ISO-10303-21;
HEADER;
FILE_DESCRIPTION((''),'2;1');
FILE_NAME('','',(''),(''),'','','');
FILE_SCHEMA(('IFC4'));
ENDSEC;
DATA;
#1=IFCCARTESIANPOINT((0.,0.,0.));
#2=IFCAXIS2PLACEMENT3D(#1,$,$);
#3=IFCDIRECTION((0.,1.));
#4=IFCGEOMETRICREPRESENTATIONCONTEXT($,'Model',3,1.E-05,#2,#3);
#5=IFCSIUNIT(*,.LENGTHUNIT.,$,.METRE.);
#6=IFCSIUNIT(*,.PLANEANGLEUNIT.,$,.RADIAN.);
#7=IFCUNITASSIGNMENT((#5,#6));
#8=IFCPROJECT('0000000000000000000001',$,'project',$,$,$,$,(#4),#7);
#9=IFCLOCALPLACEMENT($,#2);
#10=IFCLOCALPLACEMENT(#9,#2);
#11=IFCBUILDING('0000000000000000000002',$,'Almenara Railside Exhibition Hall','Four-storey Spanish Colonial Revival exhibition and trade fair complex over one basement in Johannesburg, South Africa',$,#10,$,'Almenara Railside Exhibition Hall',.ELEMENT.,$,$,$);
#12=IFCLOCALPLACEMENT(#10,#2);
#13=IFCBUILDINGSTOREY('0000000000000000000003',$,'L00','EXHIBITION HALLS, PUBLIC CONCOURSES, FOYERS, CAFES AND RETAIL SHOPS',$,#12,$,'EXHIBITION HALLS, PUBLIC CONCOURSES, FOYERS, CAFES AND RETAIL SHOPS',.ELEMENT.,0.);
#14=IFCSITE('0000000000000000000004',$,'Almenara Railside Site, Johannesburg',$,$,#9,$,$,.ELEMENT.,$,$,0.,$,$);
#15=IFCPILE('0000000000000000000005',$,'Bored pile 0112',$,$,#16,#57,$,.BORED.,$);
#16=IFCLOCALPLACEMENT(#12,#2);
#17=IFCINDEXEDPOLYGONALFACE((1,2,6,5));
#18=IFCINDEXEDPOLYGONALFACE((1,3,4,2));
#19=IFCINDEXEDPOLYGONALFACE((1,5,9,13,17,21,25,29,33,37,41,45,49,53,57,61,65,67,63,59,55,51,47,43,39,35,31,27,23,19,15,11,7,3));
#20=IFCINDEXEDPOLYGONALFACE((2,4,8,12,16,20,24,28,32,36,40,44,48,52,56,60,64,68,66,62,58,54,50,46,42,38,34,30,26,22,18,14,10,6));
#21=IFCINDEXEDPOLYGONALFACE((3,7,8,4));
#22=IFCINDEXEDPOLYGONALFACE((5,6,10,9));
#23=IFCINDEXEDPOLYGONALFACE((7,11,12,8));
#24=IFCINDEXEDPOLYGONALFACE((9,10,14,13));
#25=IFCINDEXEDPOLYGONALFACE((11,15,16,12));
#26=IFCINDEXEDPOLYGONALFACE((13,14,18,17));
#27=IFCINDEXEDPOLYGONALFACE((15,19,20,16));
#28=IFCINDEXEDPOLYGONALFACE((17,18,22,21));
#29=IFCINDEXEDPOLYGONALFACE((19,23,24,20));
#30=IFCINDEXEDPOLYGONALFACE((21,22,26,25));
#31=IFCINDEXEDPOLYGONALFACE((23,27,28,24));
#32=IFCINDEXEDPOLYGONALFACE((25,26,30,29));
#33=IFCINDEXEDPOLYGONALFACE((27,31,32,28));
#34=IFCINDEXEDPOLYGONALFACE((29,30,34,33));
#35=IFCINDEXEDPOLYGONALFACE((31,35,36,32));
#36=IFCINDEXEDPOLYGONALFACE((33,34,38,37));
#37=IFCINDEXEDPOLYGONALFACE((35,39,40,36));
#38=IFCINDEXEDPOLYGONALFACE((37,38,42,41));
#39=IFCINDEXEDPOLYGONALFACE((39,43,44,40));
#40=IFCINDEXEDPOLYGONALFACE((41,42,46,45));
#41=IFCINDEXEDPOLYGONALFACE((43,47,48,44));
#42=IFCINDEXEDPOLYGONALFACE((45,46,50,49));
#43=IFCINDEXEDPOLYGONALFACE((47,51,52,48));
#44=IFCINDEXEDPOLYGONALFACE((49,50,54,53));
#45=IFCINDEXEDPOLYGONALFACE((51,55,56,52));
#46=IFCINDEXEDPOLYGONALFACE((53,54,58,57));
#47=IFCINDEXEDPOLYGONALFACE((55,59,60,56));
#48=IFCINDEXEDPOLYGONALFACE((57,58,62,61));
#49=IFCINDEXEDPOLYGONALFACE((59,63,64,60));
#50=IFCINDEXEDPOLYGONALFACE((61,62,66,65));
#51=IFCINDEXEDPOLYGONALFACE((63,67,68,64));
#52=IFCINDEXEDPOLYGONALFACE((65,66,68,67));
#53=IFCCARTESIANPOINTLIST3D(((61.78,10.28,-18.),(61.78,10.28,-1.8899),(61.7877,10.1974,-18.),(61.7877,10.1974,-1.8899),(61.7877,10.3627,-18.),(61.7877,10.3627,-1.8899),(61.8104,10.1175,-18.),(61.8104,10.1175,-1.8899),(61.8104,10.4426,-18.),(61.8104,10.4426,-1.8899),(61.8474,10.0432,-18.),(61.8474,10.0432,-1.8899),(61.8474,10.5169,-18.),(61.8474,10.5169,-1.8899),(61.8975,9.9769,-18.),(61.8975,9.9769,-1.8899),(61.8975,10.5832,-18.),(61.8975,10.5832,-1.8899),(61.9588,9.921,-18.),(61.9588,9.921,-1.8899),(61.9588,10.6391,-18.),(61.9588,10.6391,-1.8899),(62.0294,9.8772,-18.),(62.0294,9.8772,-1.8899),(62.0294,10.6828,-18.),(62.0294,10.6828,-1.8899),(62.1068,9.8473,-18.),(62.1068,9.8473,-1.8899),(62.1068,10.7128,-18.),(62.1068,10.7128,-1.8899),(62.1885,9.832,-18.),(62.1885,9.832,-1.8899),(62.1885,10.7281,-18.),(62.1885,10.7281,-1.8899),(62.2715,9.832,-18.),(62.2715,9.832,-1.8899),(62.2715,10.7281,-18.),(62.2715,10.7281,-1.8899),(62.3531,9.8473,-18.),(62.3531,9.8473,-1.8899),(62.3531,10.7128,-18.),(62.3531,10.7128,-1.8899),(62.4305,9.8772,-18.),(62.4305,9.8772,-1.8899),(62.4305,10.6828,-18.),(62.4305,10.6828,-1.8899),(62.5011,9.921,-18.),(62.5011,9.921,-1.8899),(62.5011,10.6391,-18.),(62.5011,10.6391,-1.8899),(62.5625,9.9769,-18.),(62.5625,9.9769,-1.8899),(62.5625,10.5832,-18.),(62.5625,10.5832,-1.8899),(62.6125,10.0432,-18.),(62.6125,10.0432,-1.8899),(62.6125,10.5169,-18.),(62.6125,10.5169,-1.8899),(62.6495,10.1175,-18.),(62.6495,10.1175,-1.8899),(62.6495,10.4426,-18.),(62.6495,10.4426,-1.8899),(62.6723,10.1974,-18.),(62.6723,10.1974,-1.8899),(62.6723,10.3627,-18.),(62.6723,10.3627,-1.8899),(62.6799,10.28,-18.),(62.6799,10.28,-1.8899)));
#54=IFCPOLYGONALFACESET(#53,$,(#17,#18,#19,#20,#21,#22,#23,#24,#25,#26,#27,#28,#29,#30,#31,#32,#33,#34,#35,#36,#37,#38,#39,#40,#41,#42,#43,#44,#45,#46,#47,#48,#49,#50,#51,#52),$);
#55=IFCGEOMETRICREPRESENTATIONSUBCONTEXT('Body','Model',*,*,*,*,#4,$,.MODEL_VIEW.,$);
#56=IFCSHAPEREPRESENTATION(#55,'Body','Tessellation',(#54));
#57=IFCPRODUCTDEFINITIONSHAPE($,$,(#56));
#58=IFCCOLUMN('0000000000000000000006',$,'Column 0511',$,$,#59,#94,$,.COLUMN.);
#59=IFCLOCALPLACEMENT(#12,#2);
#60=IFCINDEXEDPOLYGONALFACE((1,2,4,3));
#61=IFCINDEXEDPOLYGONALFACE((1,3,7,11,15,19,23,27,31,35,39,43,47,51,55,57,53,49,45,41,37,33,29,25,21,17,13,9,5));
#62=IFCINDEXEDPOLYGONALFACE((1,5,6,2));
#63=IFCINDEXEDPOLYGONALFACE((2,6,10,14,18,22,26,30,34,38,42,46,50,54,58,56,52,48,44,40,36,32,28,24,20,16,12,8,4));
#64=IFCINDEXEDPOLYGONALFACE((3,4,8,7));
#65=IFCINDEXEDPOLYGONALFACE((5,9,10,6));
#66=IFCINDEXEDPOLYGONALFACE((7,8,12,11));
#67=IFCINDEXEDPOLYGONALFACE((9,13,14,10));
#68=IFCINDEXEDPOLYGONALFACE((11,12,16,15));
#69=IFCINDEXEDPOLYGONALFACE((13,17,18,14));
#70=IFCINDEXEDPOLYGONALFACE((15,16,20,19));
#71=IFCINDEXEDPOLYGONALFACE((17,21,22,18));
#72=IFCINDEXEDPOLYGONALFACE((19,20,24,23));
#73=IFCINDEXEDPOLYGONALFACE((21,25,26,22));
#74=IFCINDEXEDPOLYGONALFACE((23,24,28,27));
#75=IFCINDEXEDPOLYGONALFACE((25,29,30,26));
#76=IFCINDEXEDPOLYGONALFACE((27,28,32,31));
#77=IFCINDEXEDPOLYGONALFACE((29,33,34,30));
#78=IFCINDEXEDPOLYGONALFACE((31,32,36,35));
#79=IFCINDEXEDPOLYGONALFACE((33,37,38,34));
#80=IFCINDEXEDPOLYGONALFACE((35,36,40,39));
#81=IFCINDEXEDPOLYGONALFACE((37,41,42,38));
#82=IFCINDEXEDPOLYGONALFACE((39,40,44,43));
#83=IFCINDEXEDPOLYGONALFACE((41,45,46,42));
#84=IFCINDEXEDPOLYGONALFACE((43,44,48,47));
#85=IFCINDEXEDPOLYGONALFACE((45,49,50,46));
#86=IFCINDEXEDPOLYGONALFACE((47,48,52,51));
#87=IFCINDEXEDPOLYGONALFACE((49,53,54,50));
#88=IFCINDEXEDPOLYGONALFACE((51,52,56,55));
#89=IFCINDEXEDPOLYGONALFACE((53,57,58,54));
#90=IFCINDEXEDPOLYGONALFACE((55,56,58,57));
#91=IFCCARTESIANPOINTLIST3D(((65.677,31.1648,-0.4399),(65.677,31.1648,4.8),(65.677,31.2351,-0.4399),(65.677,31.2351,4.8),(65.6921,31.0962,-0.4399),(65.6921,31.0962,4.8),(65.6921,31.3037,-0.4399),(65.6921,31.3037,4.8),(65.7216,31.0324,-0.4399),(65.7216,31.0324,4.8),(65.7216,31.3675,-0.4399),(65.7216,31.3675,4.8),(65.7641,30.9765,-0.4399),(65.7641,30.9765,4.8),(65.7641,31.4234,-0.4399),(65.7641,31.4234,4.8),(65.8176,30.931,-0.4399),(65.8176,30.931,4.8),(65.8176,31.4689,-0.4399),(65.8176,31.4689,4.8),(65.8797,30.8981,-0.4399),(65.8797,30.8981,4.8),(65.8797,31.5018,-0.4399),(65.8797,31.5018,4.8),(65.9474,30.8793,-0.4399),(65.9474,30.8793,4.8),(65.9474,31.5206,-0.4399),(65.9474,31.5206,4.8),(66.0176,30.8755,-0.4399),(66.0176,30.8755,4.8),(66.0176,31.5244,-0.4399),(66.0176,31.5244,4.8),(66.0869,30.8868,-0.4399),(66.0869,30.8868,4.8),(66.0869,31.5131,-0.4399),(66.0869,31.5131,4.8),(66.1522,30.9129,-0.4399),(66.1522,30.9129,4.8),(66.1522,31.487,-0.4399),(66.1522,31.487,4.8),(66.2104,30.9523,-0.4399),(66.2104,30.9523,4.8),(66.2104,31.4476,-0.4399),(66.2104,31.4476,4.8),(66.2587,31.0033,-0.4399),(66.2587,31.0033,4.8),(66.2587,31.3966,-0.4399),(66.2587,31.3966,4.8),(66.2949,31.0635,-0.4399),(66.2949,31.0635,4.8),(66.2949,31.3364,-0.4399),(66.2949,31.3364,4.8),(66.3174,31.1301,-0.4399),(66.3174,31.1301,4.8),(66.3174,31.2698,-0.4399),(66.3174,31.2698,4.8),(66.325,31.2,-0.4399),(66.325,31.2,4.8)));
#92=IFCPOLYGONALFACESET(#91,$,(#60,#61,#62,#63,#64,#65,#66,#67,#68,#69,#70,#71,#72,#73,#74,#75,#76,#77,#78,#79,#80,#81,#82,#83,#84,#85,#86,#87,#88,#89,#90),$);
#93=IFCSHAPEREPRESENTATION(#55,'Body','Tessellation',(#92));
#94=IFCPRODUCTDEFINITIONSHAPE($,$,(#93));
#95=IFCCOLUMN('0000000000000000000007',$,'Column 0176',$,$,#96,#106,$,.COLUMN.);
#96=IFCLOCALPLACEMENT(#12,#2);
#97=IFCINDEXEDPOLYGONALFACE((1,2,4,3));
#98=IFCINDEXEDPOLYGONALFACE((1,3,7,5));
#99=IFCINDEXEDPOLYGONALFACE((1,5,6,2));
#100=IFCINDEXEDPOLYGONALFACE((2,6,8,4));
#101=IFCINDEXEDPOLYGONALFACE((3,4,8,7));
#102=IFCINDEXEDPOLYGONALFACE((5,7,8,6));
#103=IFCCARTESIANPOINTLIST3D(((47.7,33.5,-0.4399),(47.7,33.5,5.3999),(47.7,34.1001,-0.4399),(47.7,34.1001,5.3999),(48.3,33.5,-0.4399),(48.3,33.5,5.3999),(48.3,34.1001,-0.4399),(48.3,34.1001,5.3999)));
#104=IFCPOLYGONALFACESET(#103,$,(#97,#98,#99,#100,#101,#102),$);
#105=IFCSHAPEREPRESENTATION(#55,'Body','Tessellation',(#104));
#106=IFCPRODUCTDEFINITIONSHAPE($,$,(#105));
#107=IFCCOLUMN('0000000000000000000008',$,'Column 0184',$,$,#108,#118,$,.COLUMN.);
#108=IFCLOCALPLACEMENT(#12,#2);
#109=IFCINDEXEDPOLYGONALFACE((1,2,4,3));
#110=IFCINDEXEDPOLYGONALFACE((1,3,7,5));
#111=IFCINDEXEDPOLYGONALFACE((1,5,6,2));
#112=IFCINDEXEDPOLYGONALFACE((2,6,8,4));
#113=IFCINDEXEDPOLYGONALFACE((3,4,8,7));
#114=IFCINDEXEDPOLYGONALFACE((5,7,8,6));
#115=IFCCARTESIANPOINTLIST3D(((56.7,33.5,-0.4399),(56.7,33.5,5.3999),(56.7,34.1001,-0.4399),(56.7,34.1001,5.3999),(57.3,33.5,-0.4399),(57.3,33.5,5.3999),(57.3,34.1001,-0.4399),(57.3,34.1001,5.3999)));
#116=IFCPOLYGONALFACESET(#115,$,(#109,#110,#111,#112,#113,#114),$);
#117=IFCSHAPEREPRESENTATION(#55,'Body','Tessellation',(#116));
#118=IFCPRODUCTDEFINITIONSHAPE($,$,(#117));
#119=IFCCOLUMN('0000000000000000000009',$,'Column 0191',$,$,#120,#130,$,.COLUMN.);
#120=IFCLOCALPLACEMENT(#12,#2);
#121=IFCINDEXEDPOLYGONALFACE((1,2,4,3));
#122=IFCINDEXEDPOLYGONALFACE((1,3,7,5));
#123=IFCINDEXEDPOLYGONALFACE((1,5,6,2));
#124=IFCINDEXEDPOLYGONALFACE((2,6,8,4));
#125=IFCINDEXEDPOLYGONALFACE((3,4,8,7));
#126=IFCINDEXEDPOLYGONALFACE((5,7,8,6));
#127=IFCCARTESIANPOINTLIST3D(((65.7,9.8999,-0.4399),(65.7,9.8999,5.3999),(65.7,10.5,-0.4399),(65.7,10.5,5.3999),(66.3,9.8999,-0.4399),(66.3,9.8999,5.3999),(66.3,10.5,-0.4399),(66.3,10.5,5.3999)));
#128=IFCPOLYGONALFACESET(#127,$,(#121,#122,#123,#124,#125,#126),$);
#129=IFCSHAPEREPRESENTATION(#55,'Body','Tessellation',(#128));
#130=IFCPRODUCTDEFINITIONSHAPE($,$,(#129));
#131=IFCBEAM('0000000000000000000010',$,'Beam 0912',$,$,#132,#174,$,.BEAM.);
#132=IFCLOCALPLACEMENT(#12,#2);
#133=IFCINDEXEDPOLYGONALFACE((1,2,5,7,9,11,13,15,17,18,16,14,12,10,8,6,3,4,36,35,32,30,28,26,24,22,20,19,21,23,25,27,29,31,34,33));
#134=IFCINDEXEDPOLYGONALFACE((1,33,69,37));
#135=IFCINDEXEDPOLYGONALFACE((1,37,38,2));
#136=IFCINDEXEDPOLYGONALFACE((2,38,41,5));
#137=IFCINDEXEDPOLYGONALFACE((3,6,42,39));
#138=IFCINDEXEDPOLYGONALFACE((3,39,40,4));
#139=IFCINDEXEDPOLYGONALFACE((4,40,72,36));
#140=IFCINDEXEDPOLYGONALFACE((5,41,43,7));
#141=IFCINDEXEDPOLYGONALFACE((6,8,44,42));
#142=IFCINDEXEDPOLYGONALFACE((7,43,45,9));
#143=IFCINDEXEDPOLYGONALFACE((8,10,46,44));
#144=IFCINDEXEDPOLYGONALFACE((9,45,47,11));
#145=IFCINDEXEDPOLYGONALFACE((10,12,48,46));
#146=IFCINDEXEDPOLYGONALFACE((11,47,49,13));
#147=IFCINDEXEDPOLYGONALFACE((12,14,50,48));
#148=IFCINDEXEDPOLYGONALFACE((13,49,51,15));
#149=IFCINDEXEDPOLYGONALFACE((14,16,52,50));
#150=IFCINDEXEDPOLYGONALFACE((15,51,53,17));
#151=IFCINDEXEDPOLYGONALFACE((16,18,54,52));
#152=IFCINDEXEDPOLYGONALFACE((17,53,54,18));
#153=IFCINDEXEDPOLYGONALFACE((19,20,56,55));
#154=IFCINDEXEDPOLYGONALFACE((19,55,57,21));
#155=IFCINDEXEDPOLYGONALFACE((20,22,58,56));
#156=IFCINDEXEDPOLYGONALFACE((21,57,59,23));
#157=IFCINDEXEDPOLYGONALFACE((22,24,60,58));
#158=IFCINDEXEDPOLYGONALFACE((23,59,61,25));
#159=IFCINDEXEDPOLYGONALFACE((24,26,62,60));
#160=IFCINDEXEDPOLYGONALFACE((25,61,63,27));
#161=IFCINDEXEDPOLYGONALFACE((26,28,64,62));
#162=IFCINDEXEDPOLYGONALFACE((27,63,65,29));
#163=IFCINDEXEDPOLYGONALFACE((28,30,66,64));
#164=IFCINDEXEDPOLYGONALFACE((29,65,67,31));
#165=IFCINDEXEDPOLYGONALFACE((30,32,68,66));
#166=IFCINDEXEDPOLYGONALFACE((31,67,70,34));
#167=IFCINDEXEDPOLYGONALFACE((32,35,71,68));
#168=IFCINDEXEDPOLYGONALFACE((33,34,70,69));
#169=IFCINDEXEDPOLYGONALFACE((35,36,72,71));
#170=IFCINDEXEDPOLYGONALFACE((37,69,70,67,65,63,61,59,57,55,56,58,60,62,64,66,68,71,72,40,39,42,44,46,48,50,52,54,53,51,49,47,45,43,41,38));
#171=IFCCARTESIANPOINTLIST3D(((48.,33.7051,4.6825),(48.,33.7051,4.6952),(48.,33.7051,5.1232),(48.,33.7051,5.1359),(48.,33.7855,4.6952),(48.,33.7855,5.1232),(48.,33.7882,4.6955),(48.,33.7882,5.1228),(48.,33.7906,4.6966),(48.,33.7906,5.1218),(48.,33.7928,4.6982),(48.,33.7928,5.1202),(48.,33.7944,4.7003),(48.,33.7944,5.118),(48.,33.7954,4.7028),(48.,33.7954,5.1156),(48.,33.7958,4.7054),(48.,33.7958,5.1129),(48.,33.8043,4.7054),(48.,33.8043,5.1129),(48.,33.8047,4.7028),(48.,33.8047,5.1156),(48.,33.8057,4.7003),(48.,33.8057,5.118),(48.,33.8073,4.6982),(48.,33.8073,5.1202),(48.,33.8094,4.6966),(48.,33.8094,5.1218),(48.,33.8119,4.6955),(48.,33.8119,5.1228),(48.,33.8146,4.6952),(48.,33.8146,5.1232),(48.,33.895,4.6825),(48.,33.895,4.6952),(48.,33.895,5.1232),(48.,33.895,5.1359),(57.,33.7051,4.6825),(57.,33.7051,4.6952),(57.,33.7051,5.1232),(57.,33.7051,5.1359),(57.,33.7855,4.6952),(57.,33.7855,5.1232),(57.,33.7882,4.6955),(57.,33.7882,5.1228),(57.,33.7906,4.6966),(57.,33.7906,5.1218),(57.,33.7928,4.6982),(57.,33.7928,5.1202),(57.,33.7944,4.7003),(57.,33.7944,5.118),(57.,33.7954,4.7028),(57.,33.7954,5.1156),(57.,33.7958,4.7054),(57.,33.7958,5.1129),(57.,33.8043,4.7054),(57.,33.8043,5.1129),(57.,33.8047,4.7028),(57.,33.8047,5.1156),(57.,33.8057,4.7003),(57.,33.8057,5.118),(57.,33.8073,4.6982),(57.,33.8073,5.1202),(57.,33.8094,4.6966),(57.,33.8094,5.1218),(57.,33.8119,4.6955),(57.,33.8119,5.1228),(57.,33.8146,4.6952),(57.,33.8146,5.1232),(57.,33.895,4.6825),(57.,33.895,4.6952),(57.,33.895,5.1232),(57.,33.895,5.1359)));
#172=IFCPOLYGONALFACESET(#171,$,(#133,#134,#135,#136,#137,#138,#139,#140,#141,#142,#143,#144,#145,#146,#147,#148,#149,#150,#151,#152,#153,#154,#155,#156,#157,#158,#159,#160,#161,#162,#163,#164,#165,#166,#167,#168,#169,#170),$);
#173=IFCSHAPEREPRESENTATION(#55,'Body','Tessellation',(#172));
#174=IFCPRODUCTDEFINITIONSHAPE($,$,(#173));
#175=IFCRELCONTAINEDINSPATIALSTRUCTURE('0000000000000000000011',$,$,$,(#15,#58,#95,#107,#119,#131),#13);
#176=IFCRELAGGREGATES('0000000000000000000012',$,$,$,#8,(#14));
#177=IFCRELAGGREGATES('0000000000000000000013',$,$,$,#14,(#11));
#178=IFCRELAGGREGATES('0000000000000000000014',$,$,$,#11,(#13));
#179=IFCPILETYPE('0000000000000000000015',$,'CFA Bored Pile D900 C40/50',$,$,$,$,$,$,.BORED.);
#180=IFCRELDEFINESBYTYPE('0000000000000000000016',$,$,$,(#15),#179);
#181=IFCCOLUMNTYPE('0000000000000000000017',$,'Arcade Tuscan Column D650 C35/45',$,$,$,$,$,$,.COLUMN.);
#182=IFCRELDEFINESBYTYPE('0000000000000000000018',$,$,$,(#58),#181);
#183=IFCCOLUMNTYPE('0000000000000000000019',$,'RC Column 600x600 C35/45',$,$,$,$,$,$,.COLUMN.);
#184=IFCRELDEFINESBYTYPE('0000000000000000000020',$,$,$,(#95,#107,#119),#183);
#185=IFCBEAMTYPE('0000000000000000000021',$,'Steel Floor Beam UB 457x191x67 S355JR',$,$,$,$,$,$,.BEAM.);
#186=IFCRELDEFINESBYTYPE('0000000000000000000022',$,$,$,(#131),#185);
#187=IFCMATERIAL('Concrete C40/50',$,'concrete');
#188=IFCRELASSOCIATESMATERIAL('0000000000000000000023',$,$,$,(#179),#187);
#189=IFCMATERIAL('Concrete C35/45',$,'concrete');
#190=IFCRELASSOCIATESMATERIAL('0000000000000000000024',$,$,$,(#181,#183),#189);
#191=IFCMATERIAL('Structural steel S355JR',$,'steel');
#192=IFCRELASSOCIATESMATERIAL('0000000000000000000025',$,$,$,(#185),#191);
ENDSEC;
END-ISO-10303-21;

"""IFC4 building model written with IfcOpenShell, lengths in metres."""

from ifc_helpers import new_model, si_unit, direction, frame, origin, origin_2d, place, context, subcontext, project, spatial, rectangle, circle, i_section, extrude, material, material_profile, profile_set, type_object, element, save


model = new_model("IFC4")

# Units and contexts
model_context = context("Model", 3, precision=1e-05, world=origin(), true_north=direction((0.0, 1.0)))
body_context = subcontext(model_context, "Body", "Model", "MODEL_VIEW")
ifc_project = project(units=[si_unit("LENGTHUNIT", "METRE"), si_unit("PLANEANGLEUNIT", "RADIAN")], contexts=[model_context])

# Site, building, storey
site_placement = place(None, origin())
site = spatial("IfcSite", under=ifc_project, at=site_placement, Name="Almenara Railside Site, Johannesburg", CompositionType="ELEMENT", RefElevation=0.0)
building_placement = place(site_placement, origin())
building = spatial("IfcBuilding", under=site, at=building_placement, Name="Almenara Railside Exhibition Hall", Description="Four-storey Spanish Colonial Revival exhibition and trade fair complex over one basement in Johannesburg, South Africa", LongName="Almenara Railside Exhibition Hall", CompositionType="ELEMENT")
storey_placement = place(building_placement, origin())
storey = spatial("IfcBuildingStorey", under=building, at=storey_placement, Name="L00", Description="EXHIBITION HALLS, PUBLIC CONCOURSES, FOYERS, CAFES AND RETAIL SHOPS", LongName="EXHIBITION HALLS, PUBLIC CONCOURSES, FOYERS, CAFES AND RETAIL SHOPS", CompositionType="ELEMENT", Elevation=0.0)

# Pile
ifc_material_1 = material(Name="Concrete C40/50", Category="concrete")
ifc_material_profile_1 = material_profile(ifc_material_1, circle(Radius=0.45, at=origin_2d()), Name="CFA-PILE D900")
ifc_profile_set_1 = profile_set([ifc_material_profile_1], Name="Concrete C40/50")
pile_type_1 = type_object("IfcPileType", Name="CFA Bored Pile D900 C40/50", PredefinedType="BORED", material=ifc_profile_set_1)
for number, where, z_axis, x_axis, name in (
    (1, (62.23, 10.28, -1.8899), (0.0, 0.0, -1.0), (1.0, 0.0, 0.0), "Bored pile 0112"),
):
    element("IfcPile", number, at=place(storey_placement, frame(where, z_axis=z_axis, x_axis=x_axis)), inside=storey, type_object=pile_type_1, Name=name, PredefinedType="BORED", context=body_context, shape_type="SweptSolid", body=[
        extrude(circle(Radius=0.45, at=origin_2d()), origin(), (0.0, 0.0, 1.0), 16.1101),
    ])

# Columns
ifc_material_2 = material(Name="Concrete C35/45", Category="concrete")
ifc_material_profile_2 = material_profile(ifc_material_2, circle(Radius=0.325, at=origin_2d()), Name="RC-COL D650")
ifc_profile_set_2 = profile_set([ifc_material_profile_2], Name="Concrete C35/45")
column_type_1 = type_object("IfcColumnType", Name="Arcade Tuscan Column D650 C35/45", PredefinedType="COLUMN", material=ifc_profile_set_2)
column_placement = place(storey_placement, frame((66.0, 31.2, -0.4399), z_axis=(0.0, 0.0, 1.0), x_axis=(1.0, 0.0, 0.0)))
element("IfcColumn", 2, at=column_placement, inside=storey, type_object=column_type_1, Name="Column 0511", PredefinedType="COLUMN", context=body_context, shape_type="SweptSolid", body=[
    extrude(circle(Radius=0.325, at=origin_2d()), origin(), (0.0, 0.0, 1.0), 5.24),
])
ifc_material_profile_3 = material_profile(ifc_material_2, rectangle(XDim=0.6001, YDim=0.6001, at=origin_2d()), Name="RC 600x600")
ifc_profile_set_3 = profile_set([ifc_material_profile_3], Name="Concrete C35/45")
column_type_2 = type_object("IfcColumnType", Name="RC Column 600x600 C35/45", PredefinedType="COLUMN", material=ifc_profile_set_3)
for number, where, z_axis, x_axis, name in (
    (3, (48.0, 33.8, -0.4399), (0.0, 0.0, 1.0), (1.0, 0.0, 0.0), "Column 0176"),
    (4, (57.0, 33.8, -0.4399), (0.0, 0.0, 1.0), (1.0, 0.0, 0.0), "Column 0184"),
    (5, (66.0, 10.2, -0.4399), (0.0, 0.0, 1.0), (1.0, 0.0, 0.0), "Column 0191"),
):
    element("IfcColumn", number, at=place(storey_placement, frame(where, z_axis=z_axis, x_axis=x_axis)), inside=storey, type_object=column_type_2, Name=name, PredefinedType="COLUMN", context=body_context, shape_type="SweptSolid", body=[
        extrude(rectangle(XDim=0.6001, YDim=0.6001, at=origin_2d()), origin(), (0.0, 0.0, 1.0), 5.8398),
    ])

# Beam
ifc_material_3 = material(Name="Structural steel S355JR", Category="steel")
ifc_material_profile_4 = material_profile(ifc_material_3, i_section(OverallWidth=0.1899, OverallDepth=0.4534, WebThickness=0.0085, FlangeThickness=0.0127, FilletRadius=0.0103, at=origin_2d()), Name="UB 457x191x67")
ifc_profile_set_4 = profile_set([ifc_material_profile_4], Name="Structural steel S355JR")
beam_type_1 = type_object("IfcBeamType", Name="Steel Floor Beam UB 457x191x67 S355JR", PredefinedType="BEAM", material=ifc_profile_set_4)
for number, where, z_axis, x_axis, name in (
    (6, (48.0, 33.8, 4.9092), (1.0, 0.0, 0.0), (0.0, 1.0, 0.0), "Beam 0912"),
):
    element("IfcBeam", number, at=place(storey_placement, frame(where, z_axis=z_axis, x_axis=x_axis)), inside=storey, type_object=beam_type_1, Name=name, PredefinedType="BEAM", context=body_context, shape_type="SweptSolid", body=[
        extrude(i_section(OverallWidth=0.1899, OverallDepth=0.4534, WebThickness=0.0085, FlangeThickness=0.0127, FilletRadius=0.0103, at=origin_2d()), origin(), (0.0, 0.0, 1.0), 9.0),
    ])

save(model, "model.ifc")
